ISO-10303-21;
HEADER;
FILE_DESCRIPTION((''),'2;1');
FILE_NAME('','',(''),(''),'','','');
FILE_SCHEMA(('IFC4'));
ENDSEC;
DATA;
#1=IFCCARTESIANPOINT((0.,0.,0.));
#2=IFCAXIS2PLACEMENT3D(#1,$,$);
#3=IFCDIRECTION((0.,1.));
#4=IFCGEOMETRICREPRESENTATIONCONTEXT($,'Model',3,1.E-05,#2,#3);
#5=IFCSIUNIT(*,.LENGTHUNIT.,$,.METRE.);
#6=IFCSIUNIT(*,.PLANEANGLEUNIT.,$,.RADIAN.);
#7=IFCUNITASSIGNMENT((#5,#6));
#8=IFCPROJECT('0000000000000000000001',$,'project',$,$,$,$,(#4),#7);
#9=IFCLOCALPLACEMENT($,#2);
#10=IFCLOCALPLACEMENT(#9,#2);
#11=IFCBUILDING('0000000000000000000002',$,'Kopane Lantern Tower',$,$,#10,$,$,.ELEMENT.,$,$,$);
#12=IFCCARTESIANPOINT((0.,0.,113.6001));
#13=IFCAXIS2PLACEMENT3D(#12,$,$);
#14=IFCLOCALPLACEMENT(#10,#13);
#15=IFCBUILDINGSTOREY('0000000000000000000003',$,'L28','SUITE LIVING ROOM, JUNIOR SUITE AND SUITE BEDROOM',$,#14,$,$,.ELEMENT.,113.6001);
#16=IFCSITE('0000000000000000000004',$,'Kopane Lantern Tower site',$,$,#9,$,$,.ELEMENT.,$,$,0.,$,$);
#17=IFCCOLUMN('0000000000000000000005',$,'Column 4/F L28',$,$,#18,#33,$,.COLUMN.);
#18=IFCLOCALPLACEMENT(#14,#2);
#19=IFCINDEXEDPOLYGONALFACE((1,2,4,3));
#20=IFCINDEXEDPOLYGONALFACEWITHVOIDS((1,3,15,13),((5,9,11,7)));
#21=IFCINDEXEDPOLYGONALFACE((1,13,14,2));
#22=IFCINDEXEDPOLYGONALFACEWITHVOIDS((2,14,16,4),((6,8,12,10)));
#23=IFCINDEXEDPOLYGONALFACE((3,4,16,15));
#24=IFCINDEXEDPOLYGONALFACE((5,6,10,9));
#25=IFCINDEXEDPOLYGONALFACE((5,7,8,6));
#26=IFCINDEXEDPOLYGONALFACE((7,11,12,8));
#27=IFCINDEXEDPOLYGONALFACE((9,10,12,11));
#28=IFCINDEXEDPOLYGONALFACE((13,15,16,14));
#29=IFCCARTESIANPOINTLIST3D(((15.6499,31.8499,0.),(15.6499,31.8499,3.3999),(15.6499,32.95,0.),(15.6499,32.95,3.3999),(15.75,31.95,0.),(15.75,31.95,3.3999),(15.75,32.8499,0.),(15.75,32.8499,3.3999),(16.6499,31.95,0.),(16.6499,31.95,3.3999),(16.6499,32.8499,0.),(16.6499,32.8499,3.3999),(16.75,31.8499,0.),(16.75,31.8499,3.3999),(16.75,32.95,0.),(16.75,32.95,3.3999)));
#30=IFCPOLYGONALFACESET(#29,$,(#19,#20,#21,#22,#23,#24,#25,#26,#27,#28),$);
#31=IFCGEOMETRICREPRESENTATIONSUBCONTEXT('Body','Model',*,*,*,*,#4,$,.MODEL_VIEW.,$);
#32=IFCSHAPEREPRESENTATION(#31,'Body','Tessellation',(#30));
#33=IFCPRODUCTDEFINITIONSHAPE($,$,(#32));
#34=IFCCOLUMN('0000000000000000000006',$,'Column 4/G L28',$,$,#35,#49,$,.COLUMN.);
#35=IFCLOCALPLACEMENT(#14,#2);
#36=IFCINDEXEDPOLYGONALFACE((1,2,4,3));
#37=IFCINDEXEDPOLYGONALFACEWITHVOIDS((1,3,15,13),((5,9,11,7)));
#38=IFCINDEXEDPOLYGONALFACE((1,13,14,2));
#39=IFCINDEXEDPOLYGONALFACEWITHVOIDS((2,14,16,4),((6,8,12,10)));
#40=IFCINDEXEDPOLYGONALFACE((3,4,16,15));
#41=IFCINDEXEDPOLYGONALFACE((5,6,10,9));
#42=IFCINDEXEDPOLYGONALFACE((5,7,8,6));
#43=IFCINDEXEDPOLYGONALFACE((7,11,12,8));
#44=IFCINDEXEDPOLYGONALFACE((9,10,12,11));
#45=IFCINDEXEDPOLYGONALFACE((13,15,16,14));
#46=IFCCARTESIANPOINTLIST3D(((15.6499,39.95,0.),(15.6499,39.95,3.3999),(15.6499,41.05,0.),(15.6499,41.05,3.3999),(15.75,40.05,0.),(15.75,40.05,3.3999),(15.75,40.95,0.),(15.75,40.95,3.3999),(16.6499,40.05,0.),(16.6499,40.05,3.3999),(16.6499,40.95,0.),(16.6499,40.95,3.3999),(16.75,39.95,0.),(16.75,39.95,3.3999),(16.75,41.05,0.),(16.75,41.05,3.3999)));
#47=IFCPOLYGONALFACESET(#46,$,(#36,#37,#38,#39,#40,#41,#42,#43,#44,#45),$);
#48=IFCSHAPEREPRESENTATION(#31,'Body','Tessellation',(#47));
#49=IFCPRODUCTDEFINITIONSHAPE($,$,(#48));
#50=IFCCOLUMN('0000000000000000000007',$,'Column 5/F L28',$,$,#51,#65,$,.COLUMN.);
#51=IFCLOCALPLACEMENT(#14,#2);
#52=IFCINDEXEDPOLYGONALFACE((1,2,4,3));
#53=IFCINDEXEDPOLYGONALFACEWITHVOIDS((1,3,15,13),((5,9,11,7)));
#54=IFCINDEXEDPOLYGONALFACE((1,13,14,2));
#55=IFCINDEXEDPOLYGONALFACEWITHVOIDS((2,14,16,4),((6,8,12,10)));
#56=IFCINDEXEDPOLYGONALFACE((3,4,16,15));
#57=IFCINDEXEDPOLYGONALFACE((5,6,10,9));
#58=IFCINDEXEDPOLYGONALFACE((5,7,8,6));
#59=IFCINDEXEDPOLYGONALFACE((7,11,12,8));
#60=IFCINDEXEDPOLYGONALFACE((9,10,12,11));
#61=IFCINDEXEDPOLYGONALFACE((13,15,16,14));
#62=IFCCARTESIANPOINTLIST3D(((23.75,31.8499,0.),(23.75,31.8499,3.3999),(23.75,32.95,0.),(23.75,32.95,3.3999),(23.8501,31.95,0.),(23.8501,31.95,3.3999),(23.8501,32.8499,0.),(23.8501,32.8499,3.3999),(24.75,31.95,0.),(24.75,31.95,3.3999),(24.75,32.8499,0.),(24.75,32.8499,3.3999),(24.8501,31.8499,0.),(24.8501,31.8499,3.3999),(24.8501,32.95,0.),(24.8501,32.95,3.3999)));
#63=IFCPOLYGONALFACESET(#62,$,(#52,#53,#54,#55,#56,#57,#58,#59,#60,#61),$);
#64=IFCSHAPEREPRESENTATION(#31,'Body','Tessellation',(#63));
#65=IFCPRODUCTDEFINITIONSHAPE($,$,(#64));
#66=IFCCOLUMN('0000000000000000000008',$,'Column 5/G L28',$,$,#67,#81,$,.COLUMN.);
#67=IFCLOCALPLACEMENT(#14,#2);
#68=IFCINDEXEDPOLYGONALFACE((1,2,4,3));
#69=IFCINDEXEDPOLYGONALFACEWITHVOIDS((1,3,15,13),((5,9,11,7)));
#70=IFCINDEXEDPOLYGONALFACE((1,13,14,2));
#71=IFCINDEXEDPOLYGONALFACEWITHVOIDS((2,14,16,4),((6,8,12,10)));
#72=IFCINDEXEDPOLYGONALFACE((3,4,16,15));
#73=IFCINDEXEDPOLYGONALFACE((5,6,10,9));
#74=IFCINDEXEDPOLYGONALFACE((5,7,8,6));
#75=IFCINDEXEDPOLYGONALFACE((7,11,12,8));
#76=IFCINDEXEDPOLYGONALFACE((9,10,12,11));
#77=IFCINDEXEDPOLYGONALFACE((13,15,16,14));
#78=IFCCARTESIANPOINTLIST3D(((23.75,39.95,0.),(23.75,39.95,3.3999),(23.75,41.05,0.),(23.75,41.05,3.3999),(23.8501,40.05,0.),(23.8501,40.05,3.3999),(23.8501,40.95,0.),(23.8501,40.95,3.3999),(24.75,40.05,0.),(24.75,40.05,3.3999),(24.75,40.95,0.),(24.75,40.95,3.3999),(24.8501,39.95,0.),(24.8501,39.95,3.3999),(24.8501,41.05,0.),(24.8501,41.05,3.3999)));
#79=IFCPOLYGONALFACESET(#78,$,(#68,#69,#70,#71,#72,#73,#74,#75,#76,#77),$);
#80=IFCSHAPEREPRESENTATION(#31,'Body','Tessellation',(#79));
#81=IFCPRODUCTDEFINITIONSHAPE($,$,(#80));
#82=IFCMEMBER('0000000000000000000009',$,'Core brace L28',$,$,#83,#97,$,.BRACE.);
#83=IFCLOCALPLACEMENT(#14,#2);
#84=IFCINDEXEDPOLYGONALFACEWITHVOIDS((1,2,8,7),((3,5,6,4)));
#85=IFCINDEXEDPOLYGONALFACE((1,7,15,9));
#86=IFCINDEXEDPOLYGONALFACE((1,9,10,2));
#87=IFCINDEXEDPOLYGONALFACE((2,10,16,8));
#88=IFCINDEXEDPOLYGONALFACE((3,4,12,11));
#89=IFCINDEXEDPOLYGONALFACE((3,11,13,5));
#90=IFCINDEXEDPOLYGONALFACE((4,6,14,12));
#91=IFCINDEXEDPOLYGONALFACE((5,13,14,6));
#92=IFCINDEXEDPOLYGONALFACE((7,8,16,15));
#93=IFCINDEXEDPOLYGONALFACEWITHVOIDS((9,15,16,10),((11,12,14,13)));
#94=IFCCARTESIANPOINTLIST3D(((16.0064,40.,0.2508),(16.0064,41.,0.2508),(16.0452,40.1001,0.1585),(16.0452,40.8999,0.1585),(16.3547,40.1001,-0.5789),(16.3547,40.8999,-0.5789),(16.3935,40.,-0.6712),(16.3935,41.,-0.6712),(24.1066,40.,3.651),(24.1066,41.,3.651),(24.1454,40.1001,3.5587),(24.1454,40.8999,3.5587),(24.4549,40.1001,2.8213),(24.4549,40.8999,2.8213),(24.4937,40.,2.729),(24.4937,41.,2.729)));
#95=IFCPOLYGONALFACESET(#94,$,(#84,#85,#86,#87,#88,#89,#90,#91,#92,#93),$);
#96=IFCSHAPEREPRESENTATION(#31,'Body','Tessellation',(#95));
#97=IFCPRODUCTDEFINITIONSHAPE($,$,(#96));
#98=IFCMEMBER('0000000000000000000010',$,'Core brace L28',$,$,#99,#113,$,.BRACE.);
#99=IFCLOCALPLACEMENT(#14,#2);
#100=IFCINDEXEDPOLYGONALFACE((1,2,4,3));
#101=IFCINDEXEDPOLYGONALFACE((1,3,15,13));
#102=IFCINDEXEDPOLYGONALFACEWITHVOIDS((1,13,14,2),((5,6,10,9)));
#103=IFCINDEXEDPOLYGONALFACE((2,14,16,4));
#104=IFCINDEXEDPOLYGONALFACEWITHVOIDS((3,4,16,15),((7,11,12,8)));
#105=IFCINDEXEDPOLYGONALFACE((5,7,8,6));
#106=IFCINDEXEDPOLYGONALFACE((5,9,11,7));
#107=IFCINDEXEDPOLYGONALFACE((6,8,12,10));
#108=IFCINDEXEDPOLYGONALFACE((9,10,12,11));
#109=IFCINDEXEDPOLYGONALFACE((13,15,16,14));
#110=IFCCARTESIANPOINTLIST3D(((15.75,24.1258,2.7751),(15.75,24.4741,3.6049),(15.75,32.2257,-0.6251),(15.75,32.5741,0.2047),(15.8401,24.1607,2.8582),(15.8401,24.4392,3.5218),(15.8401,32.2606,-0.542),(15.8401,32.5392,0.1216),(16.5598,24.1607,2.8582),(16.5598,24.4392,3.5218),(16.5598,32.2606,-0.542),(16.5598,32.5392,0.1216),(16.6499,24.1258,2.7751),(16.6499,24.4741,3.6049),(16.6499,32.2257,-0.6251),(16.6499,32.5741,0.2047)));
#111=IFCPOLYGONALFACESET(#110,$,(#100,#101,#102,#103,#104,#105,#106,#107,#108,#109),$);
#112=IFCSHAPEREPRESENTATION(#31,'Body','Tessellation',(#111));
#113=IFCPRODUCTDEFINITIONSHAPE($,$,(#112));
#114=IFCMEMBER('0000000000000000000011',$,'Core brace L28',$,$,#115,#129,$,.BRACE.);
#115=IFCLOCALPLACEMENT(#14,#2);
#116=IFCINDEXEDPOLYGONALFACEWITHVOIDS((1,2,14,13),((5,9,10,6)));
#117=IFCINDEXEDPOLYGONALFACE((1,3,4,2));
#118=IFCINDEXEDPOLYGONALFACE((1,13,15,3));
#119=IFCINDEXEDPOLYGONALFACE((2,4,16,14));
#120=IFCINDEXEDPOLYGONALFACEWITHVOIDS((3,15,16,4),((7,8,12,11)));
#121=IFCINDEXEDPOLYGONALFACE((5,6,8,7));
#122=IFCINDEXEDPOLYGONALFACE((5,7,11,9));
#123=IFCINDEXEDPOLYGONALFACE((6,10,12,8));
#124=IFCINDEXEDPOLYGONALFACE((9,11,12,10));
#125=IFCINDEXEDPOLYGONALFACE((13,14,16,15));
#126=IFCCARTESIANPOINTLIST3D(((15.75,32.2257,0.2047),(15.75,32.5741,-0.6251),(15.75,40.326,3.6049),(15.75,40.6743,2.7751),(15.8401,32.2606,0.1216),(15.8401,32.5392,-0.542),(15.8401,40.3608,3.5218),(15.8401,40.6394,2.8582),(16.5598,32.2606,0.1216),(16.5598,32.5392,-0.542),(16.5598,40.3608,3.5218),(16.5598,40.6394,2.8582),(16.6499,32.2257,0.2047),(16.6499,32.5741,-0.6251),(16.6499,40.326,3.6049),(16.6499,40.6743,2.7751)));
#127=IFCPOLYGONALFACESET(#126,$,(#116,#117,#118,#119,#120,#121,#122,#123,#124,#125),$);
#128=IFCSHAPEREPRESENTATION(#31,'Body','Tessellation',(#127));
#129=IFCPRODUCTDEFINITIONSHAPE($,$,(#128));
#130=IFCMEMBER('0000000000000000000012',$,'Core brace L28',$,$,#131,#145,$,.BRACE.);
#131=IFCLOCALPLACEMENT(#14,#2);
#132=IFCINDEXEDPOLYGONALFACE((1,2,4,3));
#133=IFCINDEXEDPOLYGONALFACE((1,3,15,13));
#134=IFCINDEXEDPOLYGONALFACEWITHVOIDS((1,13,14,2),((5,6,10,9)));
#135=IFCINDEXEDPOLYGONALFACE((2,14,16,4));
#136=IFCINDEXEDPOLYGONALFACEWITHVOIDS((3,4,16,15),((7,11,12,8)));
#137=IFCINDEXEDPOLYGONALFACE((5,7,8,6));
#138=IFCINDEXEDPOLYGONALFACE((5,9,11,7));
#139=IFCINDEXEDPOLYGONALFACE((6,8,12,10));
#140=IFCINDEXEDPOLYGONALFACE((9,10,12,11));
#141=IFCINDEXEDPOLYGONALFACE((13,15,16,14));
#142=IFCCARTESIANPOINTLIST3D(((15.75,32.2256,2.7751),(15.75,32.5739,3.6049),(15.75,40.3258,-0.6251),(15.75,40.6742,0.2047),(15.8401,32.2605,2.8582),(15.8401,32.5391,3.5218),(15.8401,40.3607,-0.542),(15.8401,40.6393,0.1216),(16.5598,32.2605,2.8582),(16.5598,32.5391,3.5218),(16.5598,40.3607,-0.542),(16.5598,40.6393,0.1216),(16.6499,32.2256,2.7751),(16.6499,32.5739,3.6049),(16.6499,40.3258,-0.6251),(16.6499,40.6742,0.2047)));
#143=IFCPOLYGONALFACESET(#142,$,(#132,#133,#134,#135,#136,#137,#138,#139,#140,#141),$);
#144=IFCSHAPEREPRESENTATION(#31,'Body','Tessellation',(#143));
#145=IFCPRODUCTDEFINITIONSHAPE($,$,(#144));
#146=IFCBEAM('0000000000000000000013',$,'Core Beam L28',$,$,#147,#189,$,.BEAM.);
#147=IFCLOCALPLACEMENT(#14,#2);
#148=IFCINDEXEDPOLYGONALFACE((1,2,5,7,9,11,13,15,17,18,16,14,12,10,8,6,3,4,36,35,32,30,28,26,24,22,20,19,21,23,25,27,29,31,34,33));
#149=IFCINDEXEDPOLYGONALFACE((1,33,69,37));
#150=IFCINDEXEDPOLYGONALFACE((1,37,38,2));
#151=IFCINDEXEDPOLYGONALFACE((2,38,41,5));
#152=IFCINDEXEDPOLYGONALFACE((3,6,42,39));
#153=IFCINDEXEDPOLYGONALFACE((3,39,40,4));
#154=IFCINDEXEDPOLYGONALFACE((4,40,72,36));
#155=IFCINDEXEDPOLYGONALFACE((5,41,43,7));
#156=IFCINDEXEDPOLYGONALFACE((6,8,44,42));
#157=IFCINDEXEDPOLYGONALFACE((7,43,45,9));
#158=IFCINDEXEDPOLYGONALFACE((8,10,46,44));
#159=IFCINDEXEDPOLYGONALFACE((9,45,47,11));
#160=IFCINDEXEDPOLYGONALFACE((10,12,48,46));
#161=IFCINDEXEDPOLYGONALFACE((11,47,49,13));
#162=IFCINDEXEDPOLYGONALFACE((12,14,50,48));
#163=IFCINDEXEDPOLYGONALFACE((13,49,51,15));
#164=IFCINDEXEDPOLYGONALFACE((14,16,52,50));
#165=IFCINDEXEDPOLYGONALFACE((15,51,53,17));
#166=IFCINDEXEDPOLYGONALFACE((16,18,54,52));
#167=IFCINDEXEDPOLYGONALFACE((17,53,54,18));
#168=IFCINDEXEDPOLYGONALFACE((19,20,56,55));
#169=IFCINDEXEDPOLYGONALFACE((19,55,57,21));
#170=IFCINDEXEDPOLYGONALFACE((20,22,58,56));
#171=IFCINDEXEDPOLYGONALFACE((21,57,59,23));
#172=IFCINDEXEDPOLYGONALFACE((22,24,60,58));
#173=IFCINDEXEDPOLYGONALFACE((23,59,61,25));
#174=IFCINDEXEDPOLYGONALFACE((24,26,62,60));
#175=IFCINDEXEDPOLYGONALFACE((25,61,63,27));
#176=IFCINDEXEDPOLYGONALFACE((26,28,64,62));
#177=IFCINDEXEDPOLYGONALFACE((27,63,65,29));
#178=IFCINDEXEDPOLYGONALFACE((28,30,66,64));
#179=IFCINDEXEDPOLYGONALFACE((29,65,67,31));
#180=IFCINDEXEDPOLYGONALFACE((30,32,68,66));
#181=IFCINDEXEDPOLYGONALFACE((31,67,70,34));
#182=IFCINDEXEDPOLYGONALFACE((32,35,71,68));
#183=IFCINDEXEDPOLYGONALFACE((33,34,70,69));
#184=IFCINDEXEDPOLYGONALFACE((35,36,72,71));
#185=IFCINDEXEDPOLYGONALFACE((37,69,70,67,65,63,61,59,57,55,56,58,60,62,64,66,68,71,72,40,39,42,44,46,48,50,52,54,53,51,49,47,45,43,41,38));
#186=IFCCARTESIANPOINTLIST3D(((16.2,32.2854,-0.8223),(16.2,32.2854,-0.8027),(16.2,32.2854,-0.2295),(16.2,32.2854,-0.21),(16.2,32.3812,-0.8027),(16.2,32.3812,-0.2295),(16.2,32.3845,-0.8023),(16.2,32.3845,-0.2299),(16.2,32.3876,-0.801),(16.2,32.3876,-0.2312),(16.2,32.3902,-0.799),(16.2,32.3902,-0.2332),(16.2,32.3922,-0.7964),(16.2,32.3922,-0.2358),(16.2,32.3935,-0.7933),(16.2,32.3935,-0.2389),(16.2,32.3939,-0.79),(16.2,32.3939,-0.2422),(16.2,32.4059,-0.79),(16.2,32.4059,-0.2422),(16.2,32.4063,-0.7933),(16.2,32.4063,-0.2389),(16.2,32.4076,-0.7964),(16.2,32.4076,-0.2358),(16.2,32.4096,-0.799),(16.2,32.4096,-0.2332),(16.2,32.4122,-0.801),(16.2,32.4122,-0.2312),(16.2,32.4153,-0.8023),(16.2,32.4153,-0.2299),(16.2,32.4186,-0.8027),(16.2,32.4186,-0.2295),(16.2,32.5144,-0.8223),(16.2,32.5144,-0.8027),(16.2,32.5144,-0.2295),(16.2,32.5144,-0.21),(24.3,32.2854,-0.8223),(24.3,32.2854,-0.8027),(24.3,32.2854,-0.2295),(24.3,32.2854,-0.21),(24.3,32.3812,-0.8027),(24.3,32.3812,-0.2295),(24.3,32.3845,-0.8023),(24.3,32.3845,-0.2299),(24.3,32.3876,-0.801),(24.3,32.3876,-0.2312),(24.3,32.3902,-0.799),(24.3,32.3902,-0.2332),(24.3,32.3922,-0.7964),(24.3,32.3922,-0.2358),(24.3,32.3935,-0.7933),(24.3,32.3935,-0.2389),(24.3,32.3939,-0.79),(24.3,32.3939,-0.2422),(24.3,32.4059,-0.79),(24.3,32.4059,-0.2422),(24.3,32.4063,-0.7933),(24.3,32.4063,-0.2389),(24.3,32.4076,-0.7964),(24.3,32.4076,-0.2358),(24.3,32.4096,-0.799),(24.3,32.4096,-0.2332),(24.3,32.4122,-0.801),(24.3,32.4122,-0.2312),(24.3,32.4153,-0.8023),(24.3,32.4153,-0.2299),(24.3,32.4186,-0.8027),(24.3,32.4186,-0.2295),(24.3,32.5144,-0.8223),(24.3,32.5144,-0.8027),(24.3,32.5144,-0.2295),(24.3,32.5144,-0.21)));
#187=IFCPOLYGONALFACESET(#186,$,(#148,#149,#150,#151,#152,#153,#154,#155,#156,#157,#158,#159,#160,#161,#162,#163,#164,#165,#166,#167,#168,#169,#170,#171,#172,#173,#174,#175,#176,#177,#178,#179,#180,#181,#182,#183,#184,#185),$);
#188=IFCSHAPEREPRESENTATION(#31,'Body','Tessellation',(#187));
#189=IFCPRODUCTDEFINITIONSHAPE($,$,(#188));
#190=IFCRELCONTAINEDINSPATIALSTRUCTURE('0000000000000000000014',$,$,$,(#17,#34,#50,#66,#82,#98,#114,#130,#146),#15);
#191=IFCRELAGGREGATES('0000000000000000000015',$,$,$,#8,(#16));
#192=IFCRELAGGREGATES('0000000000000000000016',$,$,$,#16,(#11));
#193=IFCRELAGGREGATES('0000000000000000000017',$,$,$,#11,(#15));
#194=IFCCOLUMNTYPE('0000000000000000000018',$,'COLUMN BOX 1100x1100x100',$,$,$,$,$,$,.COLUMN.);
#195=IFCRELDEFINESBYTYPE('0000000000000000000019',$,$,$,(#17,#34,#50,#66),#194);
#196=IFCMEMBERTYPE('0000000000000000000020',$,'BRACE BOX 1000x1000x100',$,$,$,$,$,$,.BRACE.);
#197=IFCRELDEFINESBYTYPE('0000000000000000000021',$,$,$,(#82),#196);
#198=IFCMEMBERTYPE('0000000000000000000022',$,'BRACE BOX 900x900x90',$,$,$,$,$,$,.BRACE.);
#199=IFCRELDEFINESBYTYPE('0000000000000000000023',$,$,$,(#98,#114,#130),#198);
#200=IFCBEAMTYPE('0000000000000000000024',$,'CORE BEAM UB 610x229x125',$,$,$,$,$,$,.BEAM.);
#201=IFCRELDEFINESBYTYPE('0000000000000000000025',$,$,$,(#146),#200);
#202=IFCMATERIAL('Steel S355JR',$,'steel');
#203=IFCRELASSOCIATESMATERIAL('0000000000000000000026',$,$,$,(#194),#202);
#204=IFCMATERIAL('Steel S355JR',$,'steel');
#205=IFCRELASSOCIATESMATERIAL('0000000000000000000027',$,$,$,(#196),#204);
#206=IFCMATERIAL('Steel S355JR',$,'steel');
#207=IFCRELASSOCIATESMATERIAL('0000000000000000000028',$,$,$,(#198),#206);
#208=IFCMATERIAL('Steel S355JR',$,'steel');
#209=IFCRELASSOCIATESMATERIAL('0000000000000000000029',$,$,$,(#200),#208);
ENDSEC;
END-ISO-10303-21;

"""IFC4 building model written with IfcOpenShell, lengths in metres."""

from ifc_helpers import new_model, si_unit, direction, frame, origin, origin_2d, place, context, subcontext, project, spatial, hollow_rectangle, i_section, extrude, material, material_profile, profile_set, type_object, element, save


model = new_model("IFC4")

# Units and contexts
model_context = context("Model", 3, precision=1e-05, world=origin(), true_north=direction((0.0, 1.0)))
body_context = subcontext(model_context, "Body", "Model", "MODEL_VIEW")
ifc_project = project(units=[si_unit("LENGTHUNIT", "METRE"), si_unit("PLANEANGLEUNIT", "RADIAN")], contexts=[model_context])

# Site, building, storey
site_placement = place(None, origin())
site = spatial("IfcSite", under=ifc_project, at=site_placement, Name="Kopane Lantern Tower site", CompositionType="ELEMENT", RefElevation=0.0)
building_placement = place(site_placement, origin())
building = spatial("IfcBuilding", under=site, at=building_placement, Name="Kopane Lantern Tower", CompositionType="ELEMENT")
storey_placement = place(building_placement, frame((0.0, 0.0, 113.6001)))
storey = spatial("IfcBuildingStorey", under=building, at=storey_placement, Name="L28", Description="SUITE LIVING ROOM, JUNIOR SUITE AND SUITE BEDROOM", CompositionType="ELEMENT", Elevation=113.6001)

# Columns
ifc_material_1 = material(Name="Steel S355JR", Category="steel")
ifc_material_profile_1 = material_profile(ifc_material_1, hollow_rectangle(XDim=1.1001, YDim=1.1001, WallThickness=0.1001, at=origin_2d()), Name="BOX 1100x1100x100")
ifc_profile_set_1 = profile_set([ifc_material_profile_1], Name="Steel S355JR")
column_type = type_object("IfcColumnType", Name="COLUMN BOX 1100x1100x100", PredefinedType="COLUMN", material=ifc_profile_set_1)
for number, where, z_axis, x_axis, name in (
    (1, (16.2, 32.3999, 0.0), (0.0, 0.0, 1.0), (1.0, 0.0, 0.0), "Column 4/F L28"),
    (2, (16.2, 40.5, 0.0), (0.0, 0.0, 1.0), (1.0, 0.0, 0.0), "Column 4/G L28"),
    (3, (24.3, 32.3999, 0.0), (0.0, 0.0, 1.0), (1.0, 0.0, 0.0), "Column 5/F L28"),
    (4, (24.3, 40.5, 0.0), (0.0, 0.0, 1.0), (1.0, 0.0, 0.0), "Column 5/G L28"),
):
    element("IfcColumn", number, at=place(storey_placement, frame(where, z_axis=z_axis, x_axis=x_axis)), inside=storey, type_object=column_type, Name=name, PredefinedType="COLUMN", context=body_context, shape_type="SweptSolid", body=[
        extrude(hollow_rectangle(XDim=1.1001, YDim=1.1001, WallThickness=0.1001, at=origin_2d()), origin(), (0.0, 0.0, 1.0), 3.3999),
    ])

# Members
ifc_material_2 = material(Name="Steel S355JR", Category="steel")
ifc_material_profile_2 = material_profile(ifc_material_2, hollow_rectangle(XDim=1.0, YDim=1.0, WallThickness=0.1001, at=origin_2d()), Name="BOX 1000x1000x100")
ifc_profile_set_2 = profile_set([ifc_material_profile_2], Name="Steel S355JR")
member_type_1 = type_object("IfcMemberType", Name="BRACE BOX 1000x1000x100", PredefinedType="BRACE", material=ifc_profile_set_2)
member_1_placement = place(storey_placement, frame((16.2, 40.5, -0.2102), z_axis=(0.922059, 0.0, 0.387049), x_axis=(0.0, 1.0, 0.0)))
element("IfcMember", 5, at=member_1_placement, inside=storey, type_object=member_type_1, Name="Core brace L28", PredefinedType="BRACE", context=body_context, shape_type="SweptSolid", body=[
    extrude(hollow_rectangle(XDim=1.0, YDim=1.0, WallThickness=0.1001, at=origin_2d()), origin(), (0.0, 0.0, 1.0), 8.7849),
])
ifc_material_3 = material(Name="Steel S355JR", Category="steel")
ifc_material_profile_3 = material_profile(ifc_material_3, hollow_rectangle(XDim=0.8999, YDim=0.8999, WallThickness=0.0901, at=origin_2d()), Name="BOX 900x900x90")
ifc_profile_set_3 = profile_set([ifc_material_profile_3], Name="Steel S355JR")
member_type_2 = type_object("IfcMemberType", Name="BRACE BOX 900x900x90", PredefinedType="BRACE", material=ifc_profile_set_3)
member_2_placement = place(storey_placement, frame((16.2, 32.3999, -0.2102), z_axis=(0.0, -0.922055, 0.387059), x_axis=(1.0, 0.0, 0.0)))
element("IfcMember", 6, at=member_2_placement, inside=storey, type_object=member_type_2, Name="Core brace L28", PredefinedType="BRACE", context=body_context, shape_type="SweptSolid", body=[
    extrude(hollow_rectangle(XDim=0.8999, YDim=0.8999, WallThickness=0.0901, at=origin_2d()), origin(), (0.0, 0.0, 1.0), 8.7847),
])
for number, where, z_axis, x_axis, name in (
    (7, (16.2, 32.3999, -0.2102), (0.0, 0.922059, 0.387049), (-1.0, 0.0, 0.0), "Core brace L28"),
    (8, (16.2, 40.5, -0.2102), (0.0, -0.922059, 0.387049), (1.0, 0.0, 0.0), "Core brace L28"),
):
    element("IfcMember", number, at=place(storey_placement, frame(where, z_axis=z_axis, x_axis=x_axis)), inside=storey, type_object=member_type_2, Name=name, PredefinedType="BRACE", context=body_context, shape_type="SweptSolid", body=[
        extrude(hollow_rectangle(XDim=0.8999, YDim=0.8999, WallThickness=0.0901, at=origin_2d()), origin(), (0.0, 0.0, 1.0), 8.7849),
    ])

# Beam
ifc_material_4 = material(Name="Steel S355JR", Category="steel")
ifc_material_profile_4 = material_profile(ifc_material_4, i_section(OverallWidth=0.229, OverallDepth=0.6123, WebThickness=0.012, FlangeThickness=0.0195, FilletRadius=0.0127, at=origin_2d()), Name="UB 610x229x125")
ifc_profile_set_4 = profile_set([ifc_material_profile_4], Name="Steel S355JR")
beam_type_1 = type_object("IfcBeamType", Name="CORE BEAM UB 610x229x125", PredefinedType="BEAM", material=ifc_profile_set_4)
for number, where, z_axis, x_axis, name in (
    (9, (16.2, 32.3999, -0.5161), (1.0, 0.0, 0.0), (0.0, 1.0, 0.0), "Core Beam L28"),
):
    element("IfcBeam", number, at=place(storey_placement, frame(where, z_axis=z_axis, x_axis=x_axis)), inside=storey, type_object=beam_type_1, Name=name, PredefinedType="BEAM", context=body_context, shape_type="SweptSolid", body=[
        extrude(i_section(OverallWidth=0.229, OverallDepth=0.6123, WebThickness=0.012, FlangeThickness=0.0195, FilletRadius=0.0127, at=origin_2d()), origin(), (0.0, 0.0, 1.0), 8.1001),
    ])

save(model, "model.ifc")
